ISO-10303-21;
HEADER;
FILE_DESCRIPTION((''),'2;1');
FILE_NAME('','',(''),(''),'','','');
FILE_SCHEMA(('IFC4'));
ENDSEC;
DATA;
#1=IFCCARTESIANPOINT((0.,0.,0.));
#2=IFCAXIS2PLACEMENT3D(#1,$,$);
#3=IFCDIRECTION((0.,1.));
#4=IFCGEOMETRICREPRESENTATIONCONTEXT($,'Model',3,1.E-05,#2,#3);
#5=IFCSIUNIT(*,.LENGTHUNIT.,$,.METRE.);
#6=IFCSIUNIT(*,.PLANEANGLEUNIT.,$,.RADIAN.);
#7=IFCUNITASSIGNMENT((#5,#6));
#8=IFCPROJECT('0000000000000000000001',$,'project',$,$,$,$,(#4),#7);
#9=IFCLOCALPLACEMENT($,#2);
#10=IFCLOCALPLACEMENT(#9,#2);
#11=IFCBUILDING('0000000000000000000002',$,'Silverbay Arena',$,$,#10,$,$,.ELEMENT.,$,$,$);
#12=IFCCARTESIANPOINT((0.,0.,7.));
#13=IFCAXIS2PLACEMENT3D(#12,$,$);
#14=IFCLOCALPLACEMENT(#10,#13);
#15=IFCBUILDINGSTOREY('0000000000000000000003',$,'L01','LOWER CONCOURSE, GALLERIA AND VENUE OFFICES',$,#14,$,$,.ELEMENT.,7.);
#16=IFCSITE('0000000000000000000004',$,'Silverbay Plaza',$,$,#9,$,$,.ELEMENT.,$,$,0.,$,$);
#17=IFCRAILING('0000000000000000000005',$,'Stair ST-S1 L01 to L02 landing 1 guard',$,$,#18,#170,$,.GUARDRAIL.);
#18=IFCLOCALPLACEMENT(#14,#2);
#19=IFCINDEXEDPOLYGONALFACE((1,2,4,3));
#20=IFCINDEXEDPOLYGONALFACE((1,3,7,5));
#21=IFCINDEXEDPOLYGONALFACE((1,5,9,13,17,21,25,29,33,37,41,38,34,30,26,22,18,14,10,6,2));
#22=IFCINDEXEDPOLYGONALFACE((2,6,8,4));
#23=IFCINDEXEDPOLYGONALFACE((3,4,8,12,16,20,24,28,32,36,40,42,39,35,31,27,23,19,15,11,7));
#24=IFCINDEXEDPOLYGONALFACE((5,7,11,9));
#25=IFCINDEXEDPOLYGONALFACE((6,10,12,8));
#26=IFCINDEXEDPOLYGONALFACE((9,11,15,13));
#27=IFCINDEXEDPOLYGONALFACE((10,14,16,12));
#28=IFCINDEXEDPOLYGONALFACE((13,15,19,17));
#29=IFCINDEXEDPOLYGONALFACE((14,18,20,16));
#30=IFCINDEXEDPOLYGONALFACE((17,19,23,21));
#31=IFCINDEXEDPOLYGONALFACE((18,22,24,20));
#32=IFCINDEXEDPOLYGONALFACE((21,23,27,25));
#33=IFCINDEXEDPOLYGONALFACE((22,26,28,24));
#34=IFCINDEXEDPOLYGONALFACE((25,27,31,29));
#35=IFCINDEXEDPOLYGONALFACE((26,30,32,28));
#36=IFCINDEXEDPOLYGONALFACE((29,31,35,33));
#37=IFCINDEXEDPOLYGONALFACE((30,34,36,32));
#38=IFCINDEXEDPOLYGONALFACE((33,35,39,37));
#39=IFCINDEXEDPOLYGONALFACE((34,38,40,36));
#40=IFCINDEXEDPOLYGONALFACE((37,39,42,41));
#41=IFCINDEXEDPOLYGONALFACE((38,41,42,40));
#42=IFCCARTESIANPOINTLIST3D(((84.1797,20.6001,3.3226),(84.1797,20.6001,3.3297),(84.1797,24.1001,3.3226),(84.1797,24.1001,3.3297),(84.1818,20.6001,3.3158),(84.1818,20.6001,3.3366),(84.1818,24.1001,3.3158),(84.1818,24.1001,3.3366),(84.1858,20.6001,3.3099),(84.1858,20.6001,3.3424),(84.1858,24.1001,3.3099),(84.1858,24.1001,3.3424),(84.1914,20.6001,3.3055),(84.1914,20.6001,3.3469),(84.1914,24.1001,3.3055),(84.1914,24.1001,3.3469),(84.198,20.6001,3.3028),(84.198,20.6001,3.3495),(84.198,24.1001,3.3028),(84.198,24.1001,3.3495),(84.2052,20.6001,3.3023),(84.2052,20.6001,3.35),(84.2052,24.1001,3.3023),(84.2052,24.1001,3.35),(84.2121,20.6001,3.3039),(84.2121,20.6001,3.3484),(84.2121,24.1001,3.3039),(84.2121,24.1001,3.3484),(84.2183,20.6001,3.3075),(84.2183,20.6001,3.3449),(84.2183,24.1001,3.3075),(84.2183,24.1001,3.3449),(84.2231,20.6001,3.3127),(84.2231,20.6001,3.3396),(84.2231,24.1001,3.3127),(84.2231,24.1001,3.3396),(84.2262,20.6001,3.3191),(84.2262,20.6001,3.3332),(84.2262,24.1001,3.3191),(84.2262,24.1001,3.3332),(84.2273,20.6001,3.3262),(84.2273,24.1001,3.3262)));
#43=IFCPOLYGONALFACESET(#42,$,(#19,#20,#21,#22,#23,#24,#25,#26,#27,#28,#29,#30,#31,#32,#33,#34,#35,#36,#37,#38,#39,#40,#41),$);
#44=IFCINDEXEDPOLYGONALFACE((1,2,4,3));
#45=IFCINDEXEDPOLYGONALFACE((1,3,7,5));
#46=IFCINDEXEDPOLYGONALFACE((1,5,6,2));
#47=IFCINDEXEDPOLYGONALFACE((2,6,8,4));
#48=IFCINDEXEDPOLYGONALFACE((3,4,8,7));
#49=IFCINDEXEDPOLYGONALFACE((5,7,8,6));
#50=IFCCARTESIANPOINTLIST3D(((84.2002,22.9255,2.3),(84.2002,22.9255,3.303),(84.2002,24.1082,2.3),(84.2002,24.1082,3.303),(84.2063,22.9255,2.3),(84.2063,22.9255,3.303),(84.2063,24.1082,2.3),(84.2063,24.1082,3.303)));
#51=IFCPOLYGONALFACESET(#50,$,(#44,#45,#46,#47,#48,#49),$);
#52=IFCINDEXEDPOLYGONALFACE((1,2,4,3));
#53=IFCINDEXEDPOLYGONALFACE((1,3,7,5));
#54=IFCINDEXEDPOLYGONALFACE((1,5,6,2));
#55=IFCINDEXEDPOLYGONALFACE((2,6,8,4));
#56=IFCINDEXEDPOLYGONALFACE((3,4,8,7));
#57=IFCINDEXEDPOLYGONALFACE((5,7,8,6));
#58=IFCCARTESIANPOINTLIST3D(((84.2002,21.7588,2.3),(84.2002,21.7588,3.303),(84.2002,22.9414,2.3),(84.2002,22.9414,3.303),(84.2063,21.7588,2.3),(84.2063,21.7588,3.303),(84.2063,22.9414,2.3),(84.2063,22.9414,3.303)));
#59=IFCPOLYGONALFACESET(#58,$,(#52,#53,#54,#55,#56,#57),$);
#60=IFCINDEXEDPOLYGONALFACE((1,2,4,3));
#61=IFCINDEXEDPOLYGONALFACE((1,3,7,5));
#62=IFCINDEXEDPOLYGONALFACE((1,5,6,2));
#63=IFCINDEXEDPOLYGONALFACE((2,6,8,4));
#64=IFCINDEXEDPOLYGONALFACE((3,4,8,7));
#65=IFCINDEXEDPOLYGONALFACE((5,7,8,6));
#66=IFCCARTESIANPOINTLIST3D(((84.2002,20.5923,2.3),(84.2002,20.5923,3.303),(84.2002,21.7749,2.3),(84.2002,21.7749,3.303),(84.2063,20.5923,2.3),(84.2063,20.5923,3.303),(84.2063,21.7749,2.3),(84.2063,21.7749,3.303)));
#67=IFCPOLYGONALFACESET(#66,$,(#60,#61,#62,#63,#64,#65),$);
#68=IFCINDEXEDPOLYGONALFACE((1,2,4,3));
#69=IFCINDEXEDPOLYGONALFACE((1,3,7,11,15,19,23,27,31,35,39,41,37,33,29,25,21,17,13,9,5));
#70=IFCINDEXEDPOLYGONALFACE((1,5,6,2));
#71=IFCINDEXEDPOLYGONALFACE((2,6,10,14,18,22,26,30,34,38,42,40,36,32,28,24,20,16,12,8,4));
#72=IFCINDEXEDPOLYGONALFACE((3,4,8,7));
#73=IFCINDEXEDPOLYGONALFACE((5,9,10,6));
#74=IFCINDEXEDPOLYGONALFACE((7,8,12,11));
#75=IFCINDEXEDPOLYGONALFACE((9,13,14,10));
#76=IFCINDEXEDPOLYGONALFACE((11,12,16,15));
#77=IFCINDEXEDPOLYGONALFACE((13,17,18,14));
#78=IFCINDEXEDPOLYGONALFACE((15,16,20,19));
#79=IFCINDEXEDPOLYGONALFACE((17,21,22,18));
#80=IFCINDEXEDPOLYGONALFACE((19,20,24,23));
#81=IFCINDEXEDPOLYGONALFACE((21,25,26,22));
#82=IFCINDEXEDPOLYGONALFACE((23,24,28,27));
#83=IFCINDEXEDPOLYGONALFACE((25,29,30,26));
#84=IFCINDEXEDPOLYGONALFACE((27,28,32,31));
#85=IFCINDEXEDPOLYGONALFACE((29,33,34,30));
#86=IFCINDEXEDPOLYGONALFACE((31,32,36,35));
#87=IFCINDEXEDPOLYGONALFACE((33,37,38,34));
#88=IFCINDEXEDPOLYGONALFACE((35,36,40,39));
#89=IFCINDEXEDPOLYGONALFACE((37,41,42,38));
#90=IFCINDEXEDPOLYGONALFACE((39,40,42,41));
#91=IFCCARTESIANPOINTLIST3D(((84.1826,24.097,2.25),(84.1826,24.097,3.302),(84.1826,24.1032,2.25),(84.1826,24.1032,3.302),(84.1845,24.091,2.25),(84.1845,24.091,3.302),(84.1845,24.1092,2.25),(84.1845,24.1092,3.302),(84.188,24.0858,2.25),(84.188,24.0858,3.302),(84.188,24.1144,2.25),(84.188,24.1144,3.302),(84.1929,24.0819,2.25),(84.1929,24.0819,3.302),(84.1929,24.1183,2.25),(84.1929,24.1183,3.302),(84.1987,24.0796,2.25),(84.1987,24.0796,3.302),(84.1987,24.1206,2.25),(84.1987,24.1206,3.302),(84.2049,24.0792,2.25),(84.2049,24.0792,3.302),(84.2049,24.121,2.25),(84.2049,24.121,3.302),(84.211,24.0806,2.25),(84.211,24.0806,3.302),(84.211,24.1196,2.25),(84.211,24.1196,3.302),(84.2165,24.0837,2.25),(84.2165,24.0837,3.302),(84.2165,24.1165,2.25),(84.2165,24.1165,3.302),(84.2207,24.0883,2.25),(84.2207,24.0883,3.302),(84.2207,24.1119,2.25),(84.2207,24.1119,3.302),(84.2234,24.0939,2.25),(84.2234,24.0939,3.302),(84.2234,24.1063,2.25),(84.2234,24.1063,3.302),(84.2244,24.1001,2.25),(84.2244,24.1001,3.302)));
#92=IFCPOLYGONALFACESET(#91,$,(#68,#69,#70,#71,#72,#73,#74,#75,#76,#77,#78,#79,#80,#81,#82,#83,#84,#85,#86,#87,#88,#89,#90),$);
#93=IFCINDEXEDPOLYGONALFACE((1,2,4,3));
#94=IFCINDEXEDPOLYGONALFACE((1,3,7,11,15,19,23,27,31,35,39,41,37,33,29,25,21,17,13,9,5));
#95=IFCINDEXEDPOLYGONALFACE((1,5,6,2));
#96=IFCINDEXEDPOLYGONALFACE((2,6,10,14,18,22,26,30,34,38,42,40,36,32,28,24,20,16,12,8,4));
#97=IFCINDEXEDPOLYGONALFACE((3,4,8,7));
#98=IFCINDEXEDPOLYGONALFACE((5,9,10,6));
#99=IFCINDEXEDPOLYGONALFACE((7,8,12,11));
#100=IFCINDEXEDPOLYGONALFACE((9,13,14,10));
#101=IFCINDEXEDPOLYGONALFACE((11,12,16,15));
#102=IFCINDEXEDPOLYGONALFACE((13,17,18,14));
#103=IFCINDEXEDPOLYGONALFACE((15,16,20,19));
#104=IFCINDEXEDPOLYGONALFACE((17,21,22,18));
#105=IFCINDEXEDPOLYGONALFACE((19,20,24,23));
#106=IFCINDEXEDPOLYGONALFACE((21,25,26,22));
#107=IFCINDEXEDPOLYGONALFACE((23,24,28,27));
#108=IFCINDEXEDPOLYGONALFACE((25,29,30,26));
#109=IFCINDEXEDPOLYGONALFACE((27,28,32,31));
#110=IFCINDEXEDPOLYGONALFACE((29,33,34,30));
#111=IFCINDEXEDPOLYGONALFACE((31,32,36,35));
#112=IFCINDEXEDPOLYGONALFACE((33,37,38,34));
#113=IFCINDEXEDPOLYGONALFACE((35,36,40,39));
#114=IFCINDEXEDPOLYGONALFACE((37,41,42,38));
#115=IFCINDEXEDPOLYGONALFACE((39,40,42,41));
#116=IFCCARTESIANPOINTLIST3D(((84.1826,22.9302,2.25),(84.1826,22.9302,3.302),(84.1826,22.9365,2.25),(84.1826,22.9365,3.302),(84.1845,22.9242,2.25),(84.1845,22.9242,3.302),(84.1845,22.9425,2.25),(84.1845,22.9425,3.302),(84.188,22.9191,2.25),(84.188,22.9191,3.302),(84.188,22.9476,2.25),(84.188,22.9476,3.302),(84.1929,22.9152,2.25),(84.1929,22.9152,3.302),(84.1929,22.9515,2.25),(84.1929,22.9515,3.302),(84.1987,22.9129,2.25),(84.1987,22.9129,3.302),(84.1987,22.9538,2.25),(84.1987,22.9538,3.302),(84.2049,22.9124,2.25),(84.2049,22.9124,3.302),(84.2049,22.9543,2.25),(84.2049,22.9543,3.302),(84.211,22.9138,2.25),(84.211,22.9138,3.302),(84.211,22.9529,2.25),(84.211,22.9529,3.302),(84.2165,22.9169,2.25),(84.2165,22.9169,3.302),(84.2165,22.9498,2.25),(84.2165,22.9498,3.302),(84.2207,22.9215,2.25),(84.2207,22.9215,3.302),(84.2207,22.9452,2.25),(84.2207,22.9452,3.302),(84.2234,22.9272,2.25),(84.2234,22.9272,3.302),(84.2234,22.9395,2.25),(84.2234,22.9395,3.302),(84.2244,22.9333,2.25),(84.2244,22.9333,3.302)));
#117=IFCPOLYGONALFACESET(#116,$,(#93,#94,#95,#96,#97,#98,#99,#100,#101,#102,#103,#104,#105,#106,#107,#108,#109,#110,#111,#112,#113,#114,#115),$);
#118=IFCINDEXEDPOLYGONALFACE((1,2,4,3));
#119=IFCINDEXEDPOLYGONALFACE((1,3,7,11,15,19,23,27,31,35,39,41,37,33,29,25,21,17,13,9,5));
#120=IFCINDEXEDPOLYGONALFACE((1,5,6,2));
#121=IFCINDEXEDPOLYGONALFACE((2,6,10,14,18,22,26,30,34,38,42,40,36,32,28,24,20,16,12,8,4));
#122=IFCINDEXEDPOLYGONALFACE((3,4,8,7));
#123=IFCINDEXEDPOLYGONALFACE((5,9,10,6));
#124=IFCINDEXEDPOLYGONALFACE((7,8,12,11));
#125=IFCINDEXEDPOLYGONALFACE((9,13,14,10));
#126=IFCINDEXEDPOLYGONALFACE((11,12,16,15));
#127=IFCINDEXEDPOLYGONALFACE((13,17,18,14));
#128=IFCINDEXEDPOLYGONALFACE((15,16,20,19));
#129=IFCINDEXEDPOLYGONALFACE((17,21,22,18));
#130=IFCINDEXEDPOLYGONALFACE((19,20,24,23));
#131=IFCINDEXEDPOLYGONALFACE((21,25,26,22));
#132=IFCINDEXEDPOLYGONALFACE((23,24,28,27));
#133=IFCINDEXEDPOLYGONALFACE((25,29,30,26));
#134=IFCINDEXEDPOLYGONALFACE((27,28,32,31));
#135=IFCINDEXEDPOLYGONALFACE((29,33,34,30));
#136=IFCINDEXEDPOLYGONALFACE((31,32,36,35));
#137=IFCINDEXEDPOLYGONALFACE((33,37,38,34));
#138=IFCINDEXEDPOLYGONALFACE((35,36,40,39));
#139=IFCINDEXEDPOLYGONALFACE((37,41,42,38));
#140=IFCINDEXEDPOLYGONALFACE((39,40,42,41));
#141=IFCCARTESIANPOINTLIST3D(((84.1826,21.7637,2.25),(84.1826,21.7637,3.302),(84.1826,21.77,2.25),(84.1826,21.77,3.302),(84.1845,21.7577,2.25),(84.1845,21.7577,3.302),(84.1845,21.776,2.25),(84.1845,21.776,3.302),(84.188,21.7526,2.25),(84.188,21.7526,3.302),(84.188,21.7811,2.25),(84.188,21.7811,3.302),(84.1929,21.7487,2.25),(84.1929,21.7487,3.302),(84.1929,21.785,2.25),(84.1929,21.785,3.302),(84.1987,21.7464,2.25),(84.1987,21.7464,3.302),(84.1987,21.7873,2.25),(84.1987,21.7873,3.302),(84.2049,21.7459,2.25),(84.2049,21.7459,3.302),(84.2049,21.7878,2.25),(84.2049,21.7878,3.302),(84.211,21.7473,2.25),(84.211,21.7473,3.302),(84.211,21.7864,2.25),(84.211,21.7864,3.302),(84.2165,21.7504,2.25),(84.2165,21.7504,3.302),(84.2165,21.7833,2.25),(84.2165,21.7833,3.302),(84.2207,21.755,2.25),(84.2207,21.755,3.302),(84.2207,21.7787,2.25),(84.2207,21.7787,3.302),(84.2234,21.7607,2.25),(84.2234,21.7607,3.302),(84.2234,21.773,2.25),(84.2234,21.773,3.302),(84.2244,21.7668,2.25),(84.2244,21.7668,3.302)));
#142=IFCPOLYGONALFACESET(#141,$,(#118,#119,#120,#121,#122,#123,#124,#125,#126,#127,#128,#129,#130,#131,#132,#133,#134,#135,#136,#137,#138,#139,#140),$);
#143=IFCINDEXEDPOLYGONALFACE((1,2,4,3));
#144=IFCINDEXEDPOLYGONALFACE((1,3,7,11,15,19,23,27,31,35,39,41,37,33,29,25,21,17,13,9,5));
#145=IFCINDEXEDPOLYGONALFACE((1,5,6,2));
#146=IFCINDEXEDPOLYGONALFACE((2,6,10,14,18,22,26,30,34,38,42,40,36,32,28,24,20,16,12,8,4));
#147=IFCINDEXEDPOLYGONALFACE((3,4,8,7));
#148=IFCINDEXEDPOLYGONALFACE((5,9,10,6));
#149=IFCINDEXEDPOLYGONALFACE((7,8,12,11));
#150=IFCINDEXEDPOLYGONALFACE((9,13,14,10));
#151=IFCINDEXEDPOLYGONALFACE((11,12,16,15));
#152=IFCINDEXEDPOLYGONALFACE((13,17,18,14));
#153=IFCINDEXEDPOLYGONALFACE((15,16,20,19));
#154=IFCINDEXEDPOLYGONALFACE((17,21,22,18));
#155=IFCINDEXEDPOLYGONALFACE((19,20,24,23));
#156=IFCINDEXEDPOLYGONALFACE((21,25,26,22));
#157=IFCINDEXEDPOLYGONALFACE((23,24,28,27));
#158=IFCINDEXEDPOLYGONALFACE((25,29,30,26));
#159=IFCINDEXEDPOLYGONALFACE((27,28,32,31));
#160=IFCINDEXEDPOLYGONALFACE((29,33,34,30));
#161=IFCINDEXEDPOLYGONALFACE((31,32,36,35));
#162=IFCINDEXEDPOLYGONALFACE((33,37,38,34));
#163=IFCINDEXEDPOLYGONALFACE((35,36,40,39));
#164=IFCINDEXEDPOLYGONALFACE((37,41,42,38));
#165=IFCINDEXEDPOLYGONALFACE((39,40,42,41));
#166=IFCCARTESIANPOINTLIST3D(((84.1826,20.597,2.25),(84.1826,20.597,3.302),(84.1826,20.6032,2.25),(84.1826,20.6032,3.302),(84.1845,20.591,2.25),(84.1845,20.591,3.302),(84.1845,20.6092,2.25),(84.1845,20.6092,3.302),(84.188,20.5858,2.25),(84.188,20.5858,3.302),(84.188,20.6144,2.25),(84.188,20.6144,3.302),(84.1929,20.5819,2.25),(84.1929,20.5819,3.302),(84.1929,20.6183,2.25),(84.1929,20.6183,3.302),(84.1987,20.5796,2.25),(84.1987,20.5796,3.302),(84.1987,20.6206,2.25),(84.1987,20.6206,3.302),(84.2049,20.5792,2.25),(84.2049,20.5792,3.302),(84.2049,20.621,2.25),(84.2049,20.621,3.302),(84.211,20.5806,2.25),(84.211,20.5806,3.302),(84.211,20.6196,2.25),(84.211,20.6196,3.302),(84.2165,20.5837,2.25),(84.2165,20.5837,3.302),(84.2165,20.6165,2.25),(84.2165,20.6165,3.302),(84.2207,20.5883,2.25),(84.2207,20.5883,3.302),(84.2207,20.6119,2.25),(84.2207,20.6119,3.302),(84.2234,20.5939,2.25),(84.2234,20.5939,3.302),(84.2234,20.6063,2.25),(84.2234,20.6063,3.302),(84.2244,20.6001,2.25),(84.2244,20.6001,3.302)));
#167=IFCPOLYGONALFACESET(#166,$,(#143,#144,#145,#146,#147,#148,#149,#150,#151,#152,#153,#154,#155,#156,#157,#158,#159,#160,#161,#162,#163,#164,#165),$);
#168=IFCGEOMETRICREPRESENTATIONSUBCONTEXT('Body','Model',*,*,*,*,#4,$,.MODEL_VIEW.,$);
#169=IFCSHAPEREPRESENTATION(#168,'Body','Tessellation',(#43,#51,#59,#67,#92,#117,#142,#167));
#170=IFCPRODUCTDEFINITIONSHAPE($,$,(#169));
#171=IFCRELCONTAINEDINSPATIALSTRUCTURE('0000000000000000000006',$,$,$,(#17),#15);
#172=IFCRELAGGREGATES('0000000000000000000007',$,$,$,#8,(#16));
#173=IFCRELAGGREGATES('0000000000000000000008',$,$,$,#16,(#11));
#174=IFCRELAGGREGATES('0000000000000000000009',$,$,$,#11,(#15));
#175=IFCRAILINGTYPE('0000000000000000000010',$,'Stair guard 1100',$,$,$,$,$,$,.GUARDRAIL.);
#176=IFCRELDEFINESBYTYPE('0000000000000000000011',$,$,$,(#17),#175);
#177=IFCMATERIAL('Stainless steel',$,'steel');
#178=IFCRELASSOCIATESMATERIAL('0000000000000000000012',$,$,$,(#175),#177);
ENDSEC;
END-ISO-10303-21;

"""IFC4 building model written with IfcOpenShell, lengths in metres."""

from ifc_helpers import new_model, si_unit, direction, frame, origin, origin_2d, place, context, subcontext, project, spatial, polyline, circle, outline, extrude, material, type_object, element, save


model = new_model("IFC4")

# Units and contexts
model_context = context("Model", 3, precision=1e-05, world=origin(), true_north=direction((0.0, 1.0)))
body_context = subcontext(model_context, "Body", "Model", "MODEL_VIEW")
ifc_project = project(units=[si_unit("LENGTHUNIT", "METRE"), si_unit("PLANEANGLEUNIT", "RADIAN")], contexts=[model_context])

# Site, building, storey
site_placement = place(None, origin())
site = spatial("IfcSite", under=ifc_project, at=site_placement, Name="Silverbay Plaza", CompositionType="ELEMENT", RefElevation=0.0)
building_placement = place(site_placement, origin())
building = spatial("IfcBuilding", under=site, at=building_placement, Name="Silverbay Arena", CompositionType="ELEMENT")
storey_placement = place(building_placement, frame((0.0, 0.0, 7.0)))
storey = spatial("IfcBuildingStorey", under=building, at=storey_placement, Name="L01", Description="LOWER CONCOURSE, GALLERIA AND VENUE OFFICES", CompositionType="ELEMENT", Elevation=7.0)

# Railing
ifc_material_1 = material(Name="Stainless steel", Category="steel")
railing_type_1 = type_object("IfcRailingType", Name="Stair guard 1100", PredefinedType="GUARDRAIL", material=ifc_material_1)
for number, where, name in (
    (1, (84.2034, 24.1001, 2.25), "Stair ST-S1 L01 to L02 landing 1 guard"),
):
    element("IfcRailing", number, at=place(storey_placement, frame(where)), inside=storey, type_object=railing_type_1, Name=name, PredefinedType="GUARDRAIL", context=body_context, shape_type="SweptSolid", body=[
        extrude(circle(Radius=0.0239, at=origin_2d()), frame((0.0, 0.0, 1.0762), z_axis=(0.0, -1.0, 0.0), x_axis=(1.0, 0.0, 0.0)), (0.0, 0.0, 1.0), 3.5),
        extrude(outline(polyline([(-0.0081, 0.05), (1.1746, 0.05), (1.1746, 1.053), (-0.0081, 1.053), (-0.0081, 0.05)])), frame((0.0029, 0.0, 0.0), z_axis=(-1.0, 0.0, 0.0), x_axis=(0.0, -1.0, 0.0)), (0.0, 0.0, 1.0), 0.0061),
        extrude(outline(polyline([(-0.0081, 0.05), (1.1746, 0.05), (1.1746, 1.053), (-0.0081, 1.053), (-0.0081, 0.05)])), frame((0.0029, -1.1667, 0.0), z_axis=(-1.0, 0.0, 0.0), x_axis=(0.0, -1.0, 0.0)), (0.0, 0.0, 1.0), 0.0061),
        extrude(outline(polyline([(-0.0081, 0.05), (1.1746, 0.05), (1.1746, 1.053), (-0.0081, 1.053), (-0.0081, 0.05)])), frame((0.0029, -2.3333, 0.0), z_axis=(-1.0, 0.0, 0.0), x_axis=(0.0, -1.0, 0.0)), (0.0, 0.0, 1.0), 0.0061),
        extrude(circle(Radius=0.021, at=origin_2d()), origin(), (0.0, 0.0, 1.0), 1.052),
        extrude(circle(Radius=0.021, at=origin_2d()), frame((0.0, -1.1667, 0.0)), (0.0, 0.0, 1.0), 1.052),
        extrude(circle(Radius=0.021, at=origin_2d()), frame((0.0, -2.3333, 0.0)), (0.0, 0.0, 1.0), 1.052),
        extrude(circle(Radius=0.021, at=origin_2d()), frame((0.0, -3.5, 0.0)), (0.0, 0.0, 1.0), 1.052),
    ])

save(model, "model.ifc")
